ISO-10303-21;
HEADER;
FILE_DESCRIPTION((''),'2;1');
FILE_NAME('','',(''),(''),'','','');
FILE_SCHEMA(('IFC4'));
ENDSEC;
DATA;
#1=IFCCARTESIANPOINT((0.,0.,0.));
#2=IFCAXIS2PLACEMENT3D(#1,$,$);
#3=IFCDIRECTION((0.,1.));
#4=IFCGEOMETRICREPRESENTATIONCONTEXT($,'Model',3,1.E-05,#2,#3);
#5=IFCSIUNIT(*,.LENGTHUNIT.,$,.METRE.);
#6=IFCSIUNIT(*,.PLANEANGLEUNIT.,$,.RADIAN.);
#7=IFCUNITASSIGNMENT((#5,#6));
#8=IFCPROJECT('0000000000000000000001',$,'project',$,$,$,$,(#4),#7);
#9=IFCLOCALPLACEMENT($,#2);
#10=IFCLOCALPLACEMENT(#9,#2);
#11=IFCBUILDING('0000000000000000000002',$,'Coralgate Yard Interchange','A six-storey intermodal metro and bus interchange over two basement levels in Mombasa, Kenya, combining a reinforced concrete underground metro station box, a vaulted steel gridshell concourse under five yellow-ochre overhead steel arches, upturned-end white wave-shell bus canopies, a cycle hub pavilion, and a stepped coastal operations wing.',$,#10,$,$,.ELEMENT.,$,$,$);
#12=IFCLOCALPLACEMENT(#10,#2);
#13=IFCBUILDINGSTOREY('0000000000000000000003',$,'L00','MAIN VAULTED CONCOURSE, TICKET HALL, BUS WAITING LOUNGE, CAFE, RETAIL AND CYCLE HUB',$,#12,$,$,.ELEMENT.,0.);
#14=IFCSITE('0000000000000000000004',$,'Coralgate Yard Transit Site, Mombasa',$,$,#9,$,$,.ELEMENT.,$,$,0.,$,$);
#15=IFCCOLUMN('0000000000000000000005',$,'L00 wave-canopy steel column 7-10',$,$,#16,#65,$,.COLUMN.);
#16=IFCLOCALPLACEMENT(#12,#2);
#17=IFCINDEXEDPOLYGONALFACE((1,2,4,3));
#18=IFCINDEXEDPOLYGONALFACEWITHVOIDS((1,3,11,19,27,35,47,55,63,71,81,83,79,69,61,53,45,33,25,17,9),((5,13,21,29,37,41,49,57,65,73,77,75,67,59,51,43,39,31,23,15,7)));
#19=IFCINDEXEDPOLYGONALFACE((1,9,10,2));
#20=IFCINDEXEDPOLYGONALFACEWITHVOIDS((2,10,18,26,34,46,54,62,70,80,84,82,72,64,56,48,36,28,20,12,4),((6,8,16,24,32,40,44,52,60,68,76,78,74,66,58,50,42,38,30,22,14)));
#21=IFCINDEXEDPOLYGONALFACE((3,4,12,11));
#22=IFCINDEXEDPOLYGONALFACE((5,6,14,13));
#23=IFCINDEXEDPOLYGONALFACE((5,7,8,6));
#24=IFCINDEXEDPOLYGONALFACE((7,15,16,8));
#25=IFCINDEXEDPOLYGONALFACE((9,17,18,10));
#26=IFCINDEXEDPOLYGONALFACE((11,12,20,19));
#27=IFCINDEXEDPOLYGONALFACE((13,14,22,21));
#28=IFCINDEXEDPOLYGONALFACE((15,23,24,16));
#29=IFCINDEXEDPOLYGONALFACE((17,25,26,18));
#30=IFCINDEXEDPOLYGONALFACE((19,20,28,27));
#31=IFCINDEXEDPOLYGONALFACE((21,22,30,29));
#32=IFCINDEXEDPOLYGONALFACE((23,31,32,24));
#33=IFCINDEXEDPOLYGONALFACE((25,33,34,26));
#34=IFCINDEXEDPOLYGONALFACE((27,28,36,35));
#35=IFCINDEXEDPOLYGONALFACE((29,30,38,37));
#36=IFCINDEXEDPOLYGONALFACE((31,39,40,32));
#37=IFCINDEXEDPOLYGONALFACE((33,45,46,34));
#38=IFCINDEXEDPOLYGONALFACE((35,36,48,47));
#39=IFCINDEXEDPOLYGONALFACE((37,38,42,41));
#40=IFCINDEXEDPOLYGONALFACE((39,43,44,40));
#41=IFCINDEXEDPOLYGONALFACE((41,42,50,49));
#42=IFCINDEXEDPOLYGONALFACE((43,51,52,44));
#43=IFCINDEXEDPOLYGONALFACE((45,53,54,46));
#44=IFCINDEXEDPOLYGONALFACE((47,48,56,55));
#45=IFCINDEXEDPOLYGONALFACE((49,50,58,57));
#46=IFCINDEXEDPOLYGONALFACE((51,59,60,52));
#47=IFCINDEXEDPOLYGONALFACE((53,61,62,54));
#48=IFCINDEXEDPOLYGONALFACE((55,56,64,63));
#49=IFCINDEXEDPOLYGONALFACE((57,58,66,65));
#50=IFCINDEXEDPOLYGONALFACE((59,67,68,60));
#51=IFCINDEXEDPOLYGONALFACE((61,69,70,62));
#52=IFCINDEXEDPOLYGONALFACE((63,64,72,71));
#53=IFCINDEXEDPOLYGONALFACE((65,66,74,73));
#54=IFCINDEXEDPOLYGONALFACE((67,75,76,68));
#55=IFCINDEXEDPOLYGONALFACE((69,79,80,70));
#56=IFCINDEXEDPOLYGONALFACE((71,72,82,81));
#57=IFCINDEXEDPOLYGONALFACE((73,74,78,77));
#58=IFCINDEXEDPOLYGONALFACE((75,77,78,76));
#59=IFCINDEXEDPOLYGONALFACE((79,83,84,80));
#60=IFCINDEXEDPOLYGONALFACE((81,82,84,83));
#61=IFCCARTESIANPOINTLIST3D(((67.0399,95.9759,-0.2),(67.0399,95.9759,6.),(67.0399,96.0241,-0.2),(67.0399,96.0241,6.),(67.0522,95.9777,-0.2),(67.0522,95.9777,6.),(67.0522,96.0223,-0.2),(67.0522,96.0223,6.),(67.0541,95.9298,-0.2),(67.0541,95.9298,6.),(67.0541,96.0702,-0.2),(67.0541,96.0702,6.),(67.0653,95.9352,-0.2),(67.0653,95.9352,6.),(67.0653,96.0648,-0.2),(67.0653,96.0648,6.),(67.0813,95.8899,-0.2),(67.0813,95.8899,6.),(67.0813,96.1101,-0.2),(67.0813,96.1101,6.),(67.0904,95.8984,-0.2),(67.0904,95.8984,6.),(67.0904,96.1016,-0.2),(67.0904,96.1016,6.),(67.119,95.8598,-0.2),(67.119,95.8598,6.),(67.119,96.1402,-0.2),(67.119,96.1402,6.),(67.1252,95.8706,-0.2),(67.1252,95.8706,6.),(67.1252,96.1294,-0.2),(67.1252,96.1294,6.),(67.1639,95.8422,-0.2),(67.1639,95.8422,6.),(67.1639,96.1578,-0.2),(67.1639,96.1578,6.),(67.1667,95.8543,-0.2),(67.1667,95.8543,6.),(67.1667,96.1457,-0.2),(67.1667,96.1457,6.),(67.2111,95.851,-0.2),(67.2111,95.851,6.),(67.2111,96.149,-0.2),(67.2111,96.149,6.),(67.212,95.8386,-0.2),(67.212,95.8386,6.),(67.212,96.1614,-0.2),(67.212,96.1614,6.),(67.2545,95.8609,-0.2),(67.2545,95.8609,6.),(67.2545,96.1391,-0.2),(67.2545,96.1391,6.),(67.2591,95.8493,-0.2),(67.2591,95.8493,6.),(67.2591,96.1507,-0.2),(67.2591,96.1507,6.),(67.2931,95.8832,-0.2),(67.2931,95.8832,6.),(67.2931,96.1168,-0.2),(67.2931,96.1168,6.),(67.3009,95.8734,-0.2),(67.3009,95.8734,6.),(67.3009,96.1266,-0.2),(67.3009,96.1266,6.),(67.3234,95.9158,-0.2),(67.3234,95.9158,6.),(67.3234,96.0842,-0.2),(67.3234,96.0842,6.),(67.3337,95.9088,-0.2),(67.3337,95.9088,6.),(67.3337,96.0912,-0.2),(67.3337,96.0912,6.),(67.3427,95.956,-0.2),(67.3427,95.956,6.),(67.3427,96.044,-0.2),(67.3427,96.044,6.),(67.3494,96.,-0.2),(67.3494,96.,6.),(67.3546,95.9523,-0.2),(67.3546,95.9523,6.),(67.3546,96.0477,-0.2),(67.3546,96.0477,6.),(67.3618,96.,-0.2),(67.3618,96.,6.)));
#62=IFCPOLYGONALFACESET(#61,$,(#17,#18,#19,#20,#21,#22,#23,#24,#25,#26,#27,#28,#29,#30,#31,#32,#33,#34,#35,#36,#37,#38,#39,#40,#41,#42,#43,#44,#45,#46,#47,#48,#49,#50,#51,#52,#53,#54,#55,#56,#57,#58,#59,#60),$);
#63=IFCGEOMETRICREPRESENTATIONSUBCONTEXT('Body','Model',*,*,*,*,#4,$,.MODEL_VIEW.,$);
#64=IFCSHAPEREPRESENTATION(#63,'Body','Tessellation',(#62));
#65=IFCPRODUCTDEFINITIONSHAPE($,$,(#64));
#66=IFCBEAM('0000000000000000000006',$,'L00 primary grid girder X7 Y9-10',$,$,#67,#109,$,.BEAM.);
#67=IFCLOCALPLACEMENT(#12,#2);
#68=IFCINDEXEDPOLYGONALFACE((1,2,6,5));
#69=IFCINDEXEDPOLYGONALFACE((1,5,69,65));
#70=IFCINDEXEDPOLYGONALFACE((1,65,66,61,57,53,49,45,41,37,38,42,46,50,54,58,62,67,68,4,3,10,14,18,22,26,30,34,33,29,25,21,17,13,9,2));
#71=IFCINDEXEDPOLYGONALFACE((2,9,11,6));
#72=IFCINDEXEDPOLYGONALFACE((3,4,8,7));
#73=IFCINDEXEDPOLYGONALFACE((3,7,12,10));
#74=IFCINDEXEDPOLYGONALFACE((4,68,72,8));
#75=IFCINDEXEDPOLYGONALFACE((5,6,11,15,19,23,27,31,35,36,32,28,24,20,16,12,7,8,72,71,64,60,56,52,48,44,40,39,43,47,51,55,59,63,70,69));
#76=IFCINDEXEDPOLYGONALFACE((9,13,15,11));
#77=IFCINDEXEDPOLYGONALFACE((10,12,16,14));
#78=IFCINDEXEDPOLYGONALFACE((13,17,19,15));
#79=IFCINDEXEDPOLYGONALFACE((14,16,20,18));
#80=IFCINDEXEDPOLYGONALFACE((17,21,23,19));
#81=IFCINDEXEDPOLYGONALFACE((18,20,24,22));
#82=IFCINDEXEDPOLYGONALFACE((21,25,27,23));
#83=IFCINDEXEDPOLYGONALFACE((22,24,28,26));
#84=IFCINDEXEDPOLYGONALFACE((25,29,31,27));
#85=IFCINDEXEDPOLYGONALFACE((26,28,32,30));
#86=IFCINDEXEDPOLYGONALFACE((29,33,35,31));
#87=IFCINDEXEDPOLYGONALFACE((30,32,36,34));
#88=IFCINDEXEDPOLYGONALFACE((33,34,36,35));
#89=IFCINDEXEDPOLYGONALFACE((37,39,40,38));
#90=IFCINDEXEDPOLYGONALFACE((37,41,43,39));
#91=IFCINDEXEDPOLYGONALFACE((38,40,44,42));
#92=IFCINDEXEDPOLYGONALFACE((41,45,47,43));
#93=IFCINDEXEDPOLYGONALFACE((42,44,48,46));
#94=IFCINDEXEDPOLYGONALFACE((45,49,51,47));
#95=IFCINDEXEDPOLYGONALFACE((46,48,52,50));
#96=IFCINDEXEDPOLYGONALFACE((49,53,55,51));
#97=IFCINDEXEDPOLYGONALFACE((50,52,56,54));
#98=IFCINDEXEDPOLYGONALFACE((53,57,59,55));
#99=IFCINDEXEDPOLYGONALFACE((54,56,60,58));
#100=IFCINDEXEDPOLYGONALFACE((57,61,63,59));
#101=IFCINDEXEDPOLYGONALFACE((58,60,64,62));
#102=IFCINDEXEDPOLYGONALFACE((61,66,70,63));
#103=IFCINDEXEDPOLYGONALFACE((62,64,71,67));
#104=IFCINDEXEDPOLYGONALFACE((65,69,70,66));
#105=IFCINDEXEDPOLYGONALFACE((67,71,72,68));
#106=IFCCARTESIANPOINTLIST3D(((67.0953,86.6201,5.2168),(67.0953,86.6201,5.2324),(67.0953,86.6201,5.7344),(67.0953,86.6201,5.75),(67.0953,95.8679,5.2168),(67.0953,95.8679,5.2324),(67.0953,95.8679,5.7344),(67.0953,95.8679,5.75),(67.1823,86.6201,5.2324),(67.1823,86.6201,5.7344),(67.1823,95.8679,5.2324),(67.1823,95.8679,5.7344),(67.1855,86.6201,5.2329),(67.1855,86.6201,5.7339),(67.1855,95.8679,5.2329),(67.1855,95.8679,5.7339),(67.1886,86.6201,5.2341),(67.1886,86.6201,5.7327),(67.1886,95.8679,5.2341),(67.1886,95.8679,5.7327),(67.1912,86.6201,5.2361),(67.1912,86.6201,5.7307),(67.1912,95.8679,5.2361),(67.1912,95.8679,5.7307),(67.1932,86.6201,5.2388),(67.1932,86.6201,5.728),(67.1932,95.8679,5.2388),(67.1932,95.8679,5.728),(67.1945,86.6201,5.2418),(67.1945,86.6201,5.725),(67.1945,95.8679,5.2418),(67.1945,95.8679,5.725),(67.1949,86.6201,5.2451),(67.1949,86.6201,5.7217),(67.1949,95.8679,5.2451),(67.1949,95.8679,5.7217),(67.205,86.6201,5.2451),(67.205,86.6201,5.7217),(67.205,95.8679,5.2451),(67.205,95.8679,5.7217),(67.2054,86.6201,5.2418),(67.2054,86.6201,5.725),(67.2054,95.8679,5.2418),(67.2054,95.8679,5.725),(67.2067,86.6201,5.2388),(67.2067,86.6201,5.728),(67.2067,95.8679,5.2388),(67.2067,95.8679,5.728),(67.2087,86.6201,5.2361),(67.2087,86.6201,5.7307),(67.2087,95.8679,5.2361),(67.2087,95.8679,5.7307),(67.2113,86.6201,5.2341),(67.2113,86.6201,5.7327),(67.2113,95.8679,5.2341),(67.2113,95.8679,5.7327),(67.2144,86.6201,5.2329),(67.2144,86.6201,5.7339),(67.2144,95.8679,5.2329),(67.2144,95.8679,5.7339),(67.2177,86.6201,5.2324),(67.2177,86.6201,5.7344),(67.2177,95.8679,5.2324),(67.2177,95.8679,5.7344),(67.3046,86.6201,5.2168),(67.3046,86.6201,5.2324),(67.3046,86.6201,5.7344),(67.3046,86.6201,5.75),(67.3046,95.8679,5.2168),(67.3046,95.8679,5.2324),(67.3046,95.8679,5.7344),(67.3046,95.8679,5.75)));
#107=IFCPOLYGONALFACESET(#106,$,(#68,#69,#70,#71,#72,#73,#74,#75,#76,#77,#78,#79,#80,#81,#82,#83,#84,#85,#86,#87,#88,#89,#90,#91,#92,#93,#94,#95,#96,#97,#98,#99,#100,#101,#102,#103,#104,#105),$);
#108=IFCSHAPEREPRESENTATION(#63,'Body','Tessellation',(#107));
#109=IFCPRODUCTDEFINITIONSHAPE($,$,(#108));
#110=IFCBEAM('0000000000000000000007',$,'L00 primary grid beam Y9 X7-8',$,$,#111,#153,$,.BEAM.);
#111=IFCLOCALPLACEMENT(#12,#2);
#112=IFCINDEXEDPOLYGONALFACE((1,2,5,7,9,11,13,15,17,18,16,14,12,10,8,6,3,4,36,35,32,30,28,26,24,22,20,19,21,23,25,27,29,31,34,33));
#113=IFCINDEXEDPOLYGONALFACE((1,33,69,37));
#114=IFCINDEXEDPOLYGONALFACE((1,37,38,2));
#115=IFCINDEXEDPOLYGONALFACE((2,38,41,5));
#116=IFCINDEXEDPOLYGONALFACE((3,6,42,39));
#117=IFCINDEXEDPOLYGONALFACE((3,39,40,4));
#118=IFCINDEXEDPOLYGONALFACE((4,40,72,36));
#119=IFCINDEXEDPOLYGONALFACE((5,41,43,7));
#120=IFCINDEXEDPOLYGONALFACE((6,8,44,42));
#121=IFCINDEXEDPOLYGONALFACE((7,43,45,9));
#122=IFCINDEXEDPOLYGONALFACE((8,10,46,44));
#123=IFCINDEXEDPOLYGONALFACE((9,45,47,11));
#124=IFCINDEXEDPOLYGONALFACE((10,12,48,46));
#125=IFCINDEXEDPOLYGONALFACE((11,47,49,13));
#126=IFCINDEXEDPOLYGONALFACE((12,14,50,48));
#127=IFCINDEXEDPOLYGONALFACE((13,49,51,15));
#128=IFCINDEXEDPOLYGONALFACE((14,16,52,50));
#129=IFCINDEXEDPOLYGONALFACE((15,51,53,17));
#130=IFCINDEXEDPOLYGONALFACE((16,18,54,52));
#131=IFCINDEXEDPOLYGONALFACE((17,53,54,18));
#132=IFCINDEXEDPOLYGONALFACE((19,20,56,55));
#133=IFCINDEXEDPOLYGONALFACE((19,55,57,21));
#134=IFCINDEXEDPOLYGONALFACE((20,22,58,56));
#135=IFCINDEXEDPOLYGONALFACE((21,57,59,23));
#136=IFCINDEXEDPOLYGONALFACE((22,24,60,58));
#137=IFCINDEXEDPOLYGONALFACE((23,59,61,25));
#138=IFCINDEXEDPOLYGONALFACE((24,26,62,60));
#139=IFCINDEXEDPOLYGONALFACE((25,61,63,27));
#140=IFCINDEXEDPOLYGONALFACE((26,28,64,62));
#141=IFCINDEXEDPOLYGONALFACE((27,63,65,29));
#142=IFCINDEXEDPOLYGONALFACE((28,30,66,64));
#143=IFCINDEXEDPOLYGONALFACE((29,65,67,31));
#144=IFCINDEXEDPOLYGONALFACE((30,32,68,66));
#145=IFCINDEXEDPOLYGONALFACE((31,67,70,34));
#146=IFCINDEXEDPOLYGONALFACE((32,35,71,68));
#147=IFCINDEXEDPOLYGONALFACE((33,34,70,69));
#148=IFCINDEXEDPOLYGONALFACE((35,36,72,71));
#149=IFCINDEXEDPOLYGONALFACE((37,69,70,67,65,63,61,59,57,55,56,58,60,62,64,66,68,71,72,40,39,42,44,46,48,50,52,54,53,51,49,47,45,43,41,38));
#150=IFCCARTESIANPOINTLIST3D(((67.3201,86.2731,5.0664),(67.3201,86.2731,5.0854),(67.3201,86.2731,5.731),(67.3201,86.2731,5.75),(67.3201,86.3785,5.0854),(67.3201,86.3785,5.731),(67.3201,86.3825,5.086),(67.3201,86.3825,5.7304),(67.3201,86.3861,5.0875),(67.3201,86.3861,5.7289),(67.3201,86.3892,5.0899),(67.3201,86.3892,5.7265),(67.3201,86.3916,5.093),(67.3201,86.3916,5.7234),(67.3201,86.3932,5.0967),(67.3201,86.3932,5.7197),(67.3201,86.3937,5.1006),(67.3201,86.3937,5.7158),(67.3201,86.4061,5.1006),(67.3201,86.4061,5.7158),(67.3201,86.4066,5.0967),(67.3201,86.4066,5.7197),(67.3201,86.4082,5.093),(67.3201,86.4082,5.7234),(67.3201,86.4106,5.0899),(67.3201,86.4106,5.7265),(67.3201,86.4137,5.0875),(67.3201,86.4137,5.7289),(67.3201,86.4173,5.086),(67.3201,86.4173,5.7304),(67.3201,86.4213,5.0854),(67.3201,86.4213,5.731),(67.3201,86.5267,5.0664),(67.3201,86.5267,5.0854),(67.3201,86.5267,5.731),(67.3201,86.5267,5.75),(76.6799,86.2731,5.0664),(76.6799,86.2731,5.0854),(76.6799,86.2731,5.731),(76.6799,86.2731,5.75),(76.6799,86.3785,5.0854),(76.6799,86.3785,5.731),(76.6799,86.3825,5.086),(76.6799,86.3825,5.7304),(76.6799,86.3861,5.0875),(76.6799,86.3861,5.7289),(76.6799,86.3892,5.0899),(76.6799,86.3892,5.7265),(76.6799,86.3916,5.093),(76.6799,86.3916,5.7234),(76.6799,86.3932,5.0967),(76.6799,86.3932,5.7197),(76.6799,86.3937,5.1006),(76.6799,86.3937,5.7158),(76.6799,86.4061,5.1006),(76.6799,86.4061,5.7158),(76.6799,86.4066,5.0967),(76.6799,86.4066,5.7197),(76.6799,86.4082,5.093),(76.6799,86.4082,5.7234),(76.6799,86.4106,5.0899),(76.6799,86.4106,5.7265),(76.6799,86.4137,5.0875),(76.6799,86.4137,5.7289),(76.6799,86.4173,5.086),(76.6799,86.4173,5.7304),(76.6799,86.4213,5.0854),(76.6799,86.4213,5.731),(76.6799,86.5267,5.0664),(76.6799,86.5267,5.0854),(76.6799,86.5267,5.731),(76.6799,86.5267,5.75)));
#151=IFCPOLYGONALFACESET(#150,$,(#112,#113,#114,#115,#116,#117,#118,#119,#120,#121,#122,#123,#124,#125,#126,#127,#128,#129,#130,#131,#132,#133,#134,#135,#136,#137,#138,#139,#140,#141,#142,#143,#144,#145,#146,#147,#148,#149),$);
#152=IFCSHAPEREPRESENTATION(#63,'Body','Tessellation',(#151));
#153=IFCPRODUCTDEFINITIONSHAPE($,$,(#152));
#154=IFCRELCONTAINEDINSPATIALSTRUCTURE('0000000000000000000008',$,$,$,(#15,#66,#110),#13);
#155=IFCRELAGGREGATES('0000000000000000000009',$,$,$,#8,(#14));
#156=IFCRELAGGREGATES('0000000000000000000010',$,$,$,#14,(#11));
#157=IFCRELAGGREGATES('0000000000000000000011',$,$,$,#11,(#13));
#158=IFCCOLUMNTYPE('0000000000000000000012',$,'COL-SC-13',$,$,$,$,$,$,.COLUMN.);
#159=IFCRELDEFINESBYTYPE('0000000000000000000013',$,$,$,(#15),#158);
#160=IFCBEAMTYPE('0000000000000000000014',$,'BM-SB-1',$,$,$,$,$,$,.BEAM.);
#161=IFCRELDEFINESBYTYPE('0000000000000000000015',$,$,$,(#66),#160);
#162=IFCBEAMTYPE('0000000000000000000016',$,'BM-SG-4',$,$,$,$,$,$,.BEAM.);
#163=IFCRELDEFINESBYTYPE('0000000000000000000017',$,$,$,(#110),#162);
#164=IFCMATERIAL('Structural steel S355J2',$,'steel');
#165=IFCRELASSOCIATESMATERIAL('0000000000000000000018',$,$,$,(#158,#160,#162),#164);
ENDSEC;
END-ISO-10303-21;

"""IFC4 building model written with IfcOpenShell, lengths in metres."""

from ifc_helpers import new_model, si_unit, direction, frame, origin, origin_2d, place, context, subcontext, project, spatial, hollow_circle, i_section, extrude, material, material_profile, profile_set, type_object, element, save


model = new_model("IFC4")

# Units and contexts
model_context = context("Model", 3, precision=1e-05, world=origin(), true_north=direction((0.0, 1.0)))
body_context = subcontext(model_context, "Body", "Model", "MODEL_VIEW")
ifc_project = project(units=[si_unit("LENGTHUNIT", "METRE"), si_unit("PLANEANGLEUNIT", "RADIAN")], contexts=[model_context])

# Site, building, storey
site_placement = place(None, origin())
site = spatial("IfcSite", under=ifc_project, at=site_placement, Name="Coralgate Yard Transit Site, Mombasa", CompositionType="ELEMENT", RefElevation=0.0)
building_placement = place(site_placement, origin())
building = spatial("IfcBuilding", under=site, at=building_placement, Name="Coralgate Yard Interchange", Description="A six-storey intermodal metro and bus interchange over two basement levels in Mombasa, Kenya, combining a reinforced concrete underground metro station box, a vaulted steel gridshell concourse under five yellow-ochre overhead steel arches, upturned-end white wave-shell bus canopies, a cycle hub pavilion, and a stepped coastal operations wing.", CompositionType="ELEMENT")
storey_placement = place(building_placement, origin())
storey = spatial("IfcBuildingStorey", under=building, at=storey_placement, Name="L00", Description="MAIN VAULTED CONCOURSE, TICKET HALL, BUS WAITING LOUNGE, CAFE, RETAIL AND CYCLE HUB", CompositionType="ELEMENT", Elevation=0.0)

# Column
ifc_material_1 = material(Name="Structural steel S355J2", Category="steel")
ifc_material_profile_1 = material_profile(ifc_material_1, hollow_circle(Radius=0.1619, WallThickness=0.0125, at=origin_2d()), Name="CHS 323.9x12.5")
ifc_profile_set_1 = profile_set([ifc_material_profile_1], Name="Structural steel S355J2")
column_type_1 = type_object("IfcColumnType", Name="COL-SC-13", PredefinedType="COLUMN", material=ifc_profile_set_1)
column_1_placement = place(storey_placement, frame((67.2, 96.0, -0.2), z_axis=(0.0, 0.0, 1.0), x_axis=(1.0, 0.0, 0.0)))
element("IfcColumn", 1, at=column_1_placement, inside=storey, type_object=column_type_1, Name="L00 wave-canopy steel column 7-10", PredefinedType="COLUMN", context=body_context, shape_type="SweptSolid", body=[
    extrude(hollow_circle(Radius=0.1619, WallThickness=0.0125, at=origin_2d()), origin(), (0.0, 0.0, 1.0), 6.2),
])

# Beams
ifc_material_profile_2 = material_profile(ifc_material_1, i_section(OverallWidth=0.2092, OverallDepth=0.5332, WebThickness=0.01, FlangeThickness=0.0156, FilletRadius=0.0127, at=origin_2d()), Name="UB 533x210x92")
ifc_profile_set_2 = profile_set([ifc_material_profile_2], Name="Structural steel S355J2")
beam_type_1 = type_object("IfcBeamType", Name="BM-SB-1", PredefinedType="BEAM", material=ifc_profile_set_2)
beam_1_placement = place(storey_placement, frame((67.2, 86.6201, 5.4834), z_axis=(0.0, 1.0, 0.0), x_axis=(-1.0, 0.0, 0.0)))
element("IfcBeam", 2, at=beam_1_placement, inside=storey, type_object=beam_type_1, Name="L00 primary grid girder X7 Y9-10", PredefinedType="BEAM", context=body_context, shape_type="SweptSolid", body=[
    extrude(i_section(OverallWidth=0.2092, OverallDepth=0.5332, WebThickness=0.01, FlangeThickness=0.0156, FilletRadius=0.0127, at=origin_2d()), origin(), (0.0, 0.0, 1.0), 9.2478),
])
ifc_material_profile_3 = material_profile(ifc_material_1, i_section(OverallWidth=0.2537, OverallDepth=0.6836, WebThickness=0.0125, FlangeThickness=0.019, FilletRadius=0.0151, at=origin_2d()), Name="UB 686x254x140")
ifc_profile_set_3 = profile_set([ifc_material_profile_3], Name="Structural steel S355J2")
beam_type_2 = type_object("IfcBeamType", Name="BM-SG-4", PredefinedType="BEAM", material=ifc_profile_set_3)
beam_2_placement = place(storey_placement, frame((67.3201, 86.3999, 5.4082), z_axis=(1.0, 0.0, 0.0), x_axis=(0.0, 1.0, 0.0)))
element("IfcBeam", 3, at=beam_2_placement, inside=storey, type_object=beam_type_2, Name="L00 primary grid beam Y9 X7-8", PredefinedType="BEAM", context=body_context, shape_type="SweptSolid", body=[
    extrude(i_section(OverallWidth=0.2537, OverallDepth=0.6836, WebThickness=0.0125, FlangeThickness=0.019, FilletRadius=0.0151, at=origin_2d()), origin(), (0.0, 0.0, 1.0), 9.3599),
])

save(model, "model.ifc")
